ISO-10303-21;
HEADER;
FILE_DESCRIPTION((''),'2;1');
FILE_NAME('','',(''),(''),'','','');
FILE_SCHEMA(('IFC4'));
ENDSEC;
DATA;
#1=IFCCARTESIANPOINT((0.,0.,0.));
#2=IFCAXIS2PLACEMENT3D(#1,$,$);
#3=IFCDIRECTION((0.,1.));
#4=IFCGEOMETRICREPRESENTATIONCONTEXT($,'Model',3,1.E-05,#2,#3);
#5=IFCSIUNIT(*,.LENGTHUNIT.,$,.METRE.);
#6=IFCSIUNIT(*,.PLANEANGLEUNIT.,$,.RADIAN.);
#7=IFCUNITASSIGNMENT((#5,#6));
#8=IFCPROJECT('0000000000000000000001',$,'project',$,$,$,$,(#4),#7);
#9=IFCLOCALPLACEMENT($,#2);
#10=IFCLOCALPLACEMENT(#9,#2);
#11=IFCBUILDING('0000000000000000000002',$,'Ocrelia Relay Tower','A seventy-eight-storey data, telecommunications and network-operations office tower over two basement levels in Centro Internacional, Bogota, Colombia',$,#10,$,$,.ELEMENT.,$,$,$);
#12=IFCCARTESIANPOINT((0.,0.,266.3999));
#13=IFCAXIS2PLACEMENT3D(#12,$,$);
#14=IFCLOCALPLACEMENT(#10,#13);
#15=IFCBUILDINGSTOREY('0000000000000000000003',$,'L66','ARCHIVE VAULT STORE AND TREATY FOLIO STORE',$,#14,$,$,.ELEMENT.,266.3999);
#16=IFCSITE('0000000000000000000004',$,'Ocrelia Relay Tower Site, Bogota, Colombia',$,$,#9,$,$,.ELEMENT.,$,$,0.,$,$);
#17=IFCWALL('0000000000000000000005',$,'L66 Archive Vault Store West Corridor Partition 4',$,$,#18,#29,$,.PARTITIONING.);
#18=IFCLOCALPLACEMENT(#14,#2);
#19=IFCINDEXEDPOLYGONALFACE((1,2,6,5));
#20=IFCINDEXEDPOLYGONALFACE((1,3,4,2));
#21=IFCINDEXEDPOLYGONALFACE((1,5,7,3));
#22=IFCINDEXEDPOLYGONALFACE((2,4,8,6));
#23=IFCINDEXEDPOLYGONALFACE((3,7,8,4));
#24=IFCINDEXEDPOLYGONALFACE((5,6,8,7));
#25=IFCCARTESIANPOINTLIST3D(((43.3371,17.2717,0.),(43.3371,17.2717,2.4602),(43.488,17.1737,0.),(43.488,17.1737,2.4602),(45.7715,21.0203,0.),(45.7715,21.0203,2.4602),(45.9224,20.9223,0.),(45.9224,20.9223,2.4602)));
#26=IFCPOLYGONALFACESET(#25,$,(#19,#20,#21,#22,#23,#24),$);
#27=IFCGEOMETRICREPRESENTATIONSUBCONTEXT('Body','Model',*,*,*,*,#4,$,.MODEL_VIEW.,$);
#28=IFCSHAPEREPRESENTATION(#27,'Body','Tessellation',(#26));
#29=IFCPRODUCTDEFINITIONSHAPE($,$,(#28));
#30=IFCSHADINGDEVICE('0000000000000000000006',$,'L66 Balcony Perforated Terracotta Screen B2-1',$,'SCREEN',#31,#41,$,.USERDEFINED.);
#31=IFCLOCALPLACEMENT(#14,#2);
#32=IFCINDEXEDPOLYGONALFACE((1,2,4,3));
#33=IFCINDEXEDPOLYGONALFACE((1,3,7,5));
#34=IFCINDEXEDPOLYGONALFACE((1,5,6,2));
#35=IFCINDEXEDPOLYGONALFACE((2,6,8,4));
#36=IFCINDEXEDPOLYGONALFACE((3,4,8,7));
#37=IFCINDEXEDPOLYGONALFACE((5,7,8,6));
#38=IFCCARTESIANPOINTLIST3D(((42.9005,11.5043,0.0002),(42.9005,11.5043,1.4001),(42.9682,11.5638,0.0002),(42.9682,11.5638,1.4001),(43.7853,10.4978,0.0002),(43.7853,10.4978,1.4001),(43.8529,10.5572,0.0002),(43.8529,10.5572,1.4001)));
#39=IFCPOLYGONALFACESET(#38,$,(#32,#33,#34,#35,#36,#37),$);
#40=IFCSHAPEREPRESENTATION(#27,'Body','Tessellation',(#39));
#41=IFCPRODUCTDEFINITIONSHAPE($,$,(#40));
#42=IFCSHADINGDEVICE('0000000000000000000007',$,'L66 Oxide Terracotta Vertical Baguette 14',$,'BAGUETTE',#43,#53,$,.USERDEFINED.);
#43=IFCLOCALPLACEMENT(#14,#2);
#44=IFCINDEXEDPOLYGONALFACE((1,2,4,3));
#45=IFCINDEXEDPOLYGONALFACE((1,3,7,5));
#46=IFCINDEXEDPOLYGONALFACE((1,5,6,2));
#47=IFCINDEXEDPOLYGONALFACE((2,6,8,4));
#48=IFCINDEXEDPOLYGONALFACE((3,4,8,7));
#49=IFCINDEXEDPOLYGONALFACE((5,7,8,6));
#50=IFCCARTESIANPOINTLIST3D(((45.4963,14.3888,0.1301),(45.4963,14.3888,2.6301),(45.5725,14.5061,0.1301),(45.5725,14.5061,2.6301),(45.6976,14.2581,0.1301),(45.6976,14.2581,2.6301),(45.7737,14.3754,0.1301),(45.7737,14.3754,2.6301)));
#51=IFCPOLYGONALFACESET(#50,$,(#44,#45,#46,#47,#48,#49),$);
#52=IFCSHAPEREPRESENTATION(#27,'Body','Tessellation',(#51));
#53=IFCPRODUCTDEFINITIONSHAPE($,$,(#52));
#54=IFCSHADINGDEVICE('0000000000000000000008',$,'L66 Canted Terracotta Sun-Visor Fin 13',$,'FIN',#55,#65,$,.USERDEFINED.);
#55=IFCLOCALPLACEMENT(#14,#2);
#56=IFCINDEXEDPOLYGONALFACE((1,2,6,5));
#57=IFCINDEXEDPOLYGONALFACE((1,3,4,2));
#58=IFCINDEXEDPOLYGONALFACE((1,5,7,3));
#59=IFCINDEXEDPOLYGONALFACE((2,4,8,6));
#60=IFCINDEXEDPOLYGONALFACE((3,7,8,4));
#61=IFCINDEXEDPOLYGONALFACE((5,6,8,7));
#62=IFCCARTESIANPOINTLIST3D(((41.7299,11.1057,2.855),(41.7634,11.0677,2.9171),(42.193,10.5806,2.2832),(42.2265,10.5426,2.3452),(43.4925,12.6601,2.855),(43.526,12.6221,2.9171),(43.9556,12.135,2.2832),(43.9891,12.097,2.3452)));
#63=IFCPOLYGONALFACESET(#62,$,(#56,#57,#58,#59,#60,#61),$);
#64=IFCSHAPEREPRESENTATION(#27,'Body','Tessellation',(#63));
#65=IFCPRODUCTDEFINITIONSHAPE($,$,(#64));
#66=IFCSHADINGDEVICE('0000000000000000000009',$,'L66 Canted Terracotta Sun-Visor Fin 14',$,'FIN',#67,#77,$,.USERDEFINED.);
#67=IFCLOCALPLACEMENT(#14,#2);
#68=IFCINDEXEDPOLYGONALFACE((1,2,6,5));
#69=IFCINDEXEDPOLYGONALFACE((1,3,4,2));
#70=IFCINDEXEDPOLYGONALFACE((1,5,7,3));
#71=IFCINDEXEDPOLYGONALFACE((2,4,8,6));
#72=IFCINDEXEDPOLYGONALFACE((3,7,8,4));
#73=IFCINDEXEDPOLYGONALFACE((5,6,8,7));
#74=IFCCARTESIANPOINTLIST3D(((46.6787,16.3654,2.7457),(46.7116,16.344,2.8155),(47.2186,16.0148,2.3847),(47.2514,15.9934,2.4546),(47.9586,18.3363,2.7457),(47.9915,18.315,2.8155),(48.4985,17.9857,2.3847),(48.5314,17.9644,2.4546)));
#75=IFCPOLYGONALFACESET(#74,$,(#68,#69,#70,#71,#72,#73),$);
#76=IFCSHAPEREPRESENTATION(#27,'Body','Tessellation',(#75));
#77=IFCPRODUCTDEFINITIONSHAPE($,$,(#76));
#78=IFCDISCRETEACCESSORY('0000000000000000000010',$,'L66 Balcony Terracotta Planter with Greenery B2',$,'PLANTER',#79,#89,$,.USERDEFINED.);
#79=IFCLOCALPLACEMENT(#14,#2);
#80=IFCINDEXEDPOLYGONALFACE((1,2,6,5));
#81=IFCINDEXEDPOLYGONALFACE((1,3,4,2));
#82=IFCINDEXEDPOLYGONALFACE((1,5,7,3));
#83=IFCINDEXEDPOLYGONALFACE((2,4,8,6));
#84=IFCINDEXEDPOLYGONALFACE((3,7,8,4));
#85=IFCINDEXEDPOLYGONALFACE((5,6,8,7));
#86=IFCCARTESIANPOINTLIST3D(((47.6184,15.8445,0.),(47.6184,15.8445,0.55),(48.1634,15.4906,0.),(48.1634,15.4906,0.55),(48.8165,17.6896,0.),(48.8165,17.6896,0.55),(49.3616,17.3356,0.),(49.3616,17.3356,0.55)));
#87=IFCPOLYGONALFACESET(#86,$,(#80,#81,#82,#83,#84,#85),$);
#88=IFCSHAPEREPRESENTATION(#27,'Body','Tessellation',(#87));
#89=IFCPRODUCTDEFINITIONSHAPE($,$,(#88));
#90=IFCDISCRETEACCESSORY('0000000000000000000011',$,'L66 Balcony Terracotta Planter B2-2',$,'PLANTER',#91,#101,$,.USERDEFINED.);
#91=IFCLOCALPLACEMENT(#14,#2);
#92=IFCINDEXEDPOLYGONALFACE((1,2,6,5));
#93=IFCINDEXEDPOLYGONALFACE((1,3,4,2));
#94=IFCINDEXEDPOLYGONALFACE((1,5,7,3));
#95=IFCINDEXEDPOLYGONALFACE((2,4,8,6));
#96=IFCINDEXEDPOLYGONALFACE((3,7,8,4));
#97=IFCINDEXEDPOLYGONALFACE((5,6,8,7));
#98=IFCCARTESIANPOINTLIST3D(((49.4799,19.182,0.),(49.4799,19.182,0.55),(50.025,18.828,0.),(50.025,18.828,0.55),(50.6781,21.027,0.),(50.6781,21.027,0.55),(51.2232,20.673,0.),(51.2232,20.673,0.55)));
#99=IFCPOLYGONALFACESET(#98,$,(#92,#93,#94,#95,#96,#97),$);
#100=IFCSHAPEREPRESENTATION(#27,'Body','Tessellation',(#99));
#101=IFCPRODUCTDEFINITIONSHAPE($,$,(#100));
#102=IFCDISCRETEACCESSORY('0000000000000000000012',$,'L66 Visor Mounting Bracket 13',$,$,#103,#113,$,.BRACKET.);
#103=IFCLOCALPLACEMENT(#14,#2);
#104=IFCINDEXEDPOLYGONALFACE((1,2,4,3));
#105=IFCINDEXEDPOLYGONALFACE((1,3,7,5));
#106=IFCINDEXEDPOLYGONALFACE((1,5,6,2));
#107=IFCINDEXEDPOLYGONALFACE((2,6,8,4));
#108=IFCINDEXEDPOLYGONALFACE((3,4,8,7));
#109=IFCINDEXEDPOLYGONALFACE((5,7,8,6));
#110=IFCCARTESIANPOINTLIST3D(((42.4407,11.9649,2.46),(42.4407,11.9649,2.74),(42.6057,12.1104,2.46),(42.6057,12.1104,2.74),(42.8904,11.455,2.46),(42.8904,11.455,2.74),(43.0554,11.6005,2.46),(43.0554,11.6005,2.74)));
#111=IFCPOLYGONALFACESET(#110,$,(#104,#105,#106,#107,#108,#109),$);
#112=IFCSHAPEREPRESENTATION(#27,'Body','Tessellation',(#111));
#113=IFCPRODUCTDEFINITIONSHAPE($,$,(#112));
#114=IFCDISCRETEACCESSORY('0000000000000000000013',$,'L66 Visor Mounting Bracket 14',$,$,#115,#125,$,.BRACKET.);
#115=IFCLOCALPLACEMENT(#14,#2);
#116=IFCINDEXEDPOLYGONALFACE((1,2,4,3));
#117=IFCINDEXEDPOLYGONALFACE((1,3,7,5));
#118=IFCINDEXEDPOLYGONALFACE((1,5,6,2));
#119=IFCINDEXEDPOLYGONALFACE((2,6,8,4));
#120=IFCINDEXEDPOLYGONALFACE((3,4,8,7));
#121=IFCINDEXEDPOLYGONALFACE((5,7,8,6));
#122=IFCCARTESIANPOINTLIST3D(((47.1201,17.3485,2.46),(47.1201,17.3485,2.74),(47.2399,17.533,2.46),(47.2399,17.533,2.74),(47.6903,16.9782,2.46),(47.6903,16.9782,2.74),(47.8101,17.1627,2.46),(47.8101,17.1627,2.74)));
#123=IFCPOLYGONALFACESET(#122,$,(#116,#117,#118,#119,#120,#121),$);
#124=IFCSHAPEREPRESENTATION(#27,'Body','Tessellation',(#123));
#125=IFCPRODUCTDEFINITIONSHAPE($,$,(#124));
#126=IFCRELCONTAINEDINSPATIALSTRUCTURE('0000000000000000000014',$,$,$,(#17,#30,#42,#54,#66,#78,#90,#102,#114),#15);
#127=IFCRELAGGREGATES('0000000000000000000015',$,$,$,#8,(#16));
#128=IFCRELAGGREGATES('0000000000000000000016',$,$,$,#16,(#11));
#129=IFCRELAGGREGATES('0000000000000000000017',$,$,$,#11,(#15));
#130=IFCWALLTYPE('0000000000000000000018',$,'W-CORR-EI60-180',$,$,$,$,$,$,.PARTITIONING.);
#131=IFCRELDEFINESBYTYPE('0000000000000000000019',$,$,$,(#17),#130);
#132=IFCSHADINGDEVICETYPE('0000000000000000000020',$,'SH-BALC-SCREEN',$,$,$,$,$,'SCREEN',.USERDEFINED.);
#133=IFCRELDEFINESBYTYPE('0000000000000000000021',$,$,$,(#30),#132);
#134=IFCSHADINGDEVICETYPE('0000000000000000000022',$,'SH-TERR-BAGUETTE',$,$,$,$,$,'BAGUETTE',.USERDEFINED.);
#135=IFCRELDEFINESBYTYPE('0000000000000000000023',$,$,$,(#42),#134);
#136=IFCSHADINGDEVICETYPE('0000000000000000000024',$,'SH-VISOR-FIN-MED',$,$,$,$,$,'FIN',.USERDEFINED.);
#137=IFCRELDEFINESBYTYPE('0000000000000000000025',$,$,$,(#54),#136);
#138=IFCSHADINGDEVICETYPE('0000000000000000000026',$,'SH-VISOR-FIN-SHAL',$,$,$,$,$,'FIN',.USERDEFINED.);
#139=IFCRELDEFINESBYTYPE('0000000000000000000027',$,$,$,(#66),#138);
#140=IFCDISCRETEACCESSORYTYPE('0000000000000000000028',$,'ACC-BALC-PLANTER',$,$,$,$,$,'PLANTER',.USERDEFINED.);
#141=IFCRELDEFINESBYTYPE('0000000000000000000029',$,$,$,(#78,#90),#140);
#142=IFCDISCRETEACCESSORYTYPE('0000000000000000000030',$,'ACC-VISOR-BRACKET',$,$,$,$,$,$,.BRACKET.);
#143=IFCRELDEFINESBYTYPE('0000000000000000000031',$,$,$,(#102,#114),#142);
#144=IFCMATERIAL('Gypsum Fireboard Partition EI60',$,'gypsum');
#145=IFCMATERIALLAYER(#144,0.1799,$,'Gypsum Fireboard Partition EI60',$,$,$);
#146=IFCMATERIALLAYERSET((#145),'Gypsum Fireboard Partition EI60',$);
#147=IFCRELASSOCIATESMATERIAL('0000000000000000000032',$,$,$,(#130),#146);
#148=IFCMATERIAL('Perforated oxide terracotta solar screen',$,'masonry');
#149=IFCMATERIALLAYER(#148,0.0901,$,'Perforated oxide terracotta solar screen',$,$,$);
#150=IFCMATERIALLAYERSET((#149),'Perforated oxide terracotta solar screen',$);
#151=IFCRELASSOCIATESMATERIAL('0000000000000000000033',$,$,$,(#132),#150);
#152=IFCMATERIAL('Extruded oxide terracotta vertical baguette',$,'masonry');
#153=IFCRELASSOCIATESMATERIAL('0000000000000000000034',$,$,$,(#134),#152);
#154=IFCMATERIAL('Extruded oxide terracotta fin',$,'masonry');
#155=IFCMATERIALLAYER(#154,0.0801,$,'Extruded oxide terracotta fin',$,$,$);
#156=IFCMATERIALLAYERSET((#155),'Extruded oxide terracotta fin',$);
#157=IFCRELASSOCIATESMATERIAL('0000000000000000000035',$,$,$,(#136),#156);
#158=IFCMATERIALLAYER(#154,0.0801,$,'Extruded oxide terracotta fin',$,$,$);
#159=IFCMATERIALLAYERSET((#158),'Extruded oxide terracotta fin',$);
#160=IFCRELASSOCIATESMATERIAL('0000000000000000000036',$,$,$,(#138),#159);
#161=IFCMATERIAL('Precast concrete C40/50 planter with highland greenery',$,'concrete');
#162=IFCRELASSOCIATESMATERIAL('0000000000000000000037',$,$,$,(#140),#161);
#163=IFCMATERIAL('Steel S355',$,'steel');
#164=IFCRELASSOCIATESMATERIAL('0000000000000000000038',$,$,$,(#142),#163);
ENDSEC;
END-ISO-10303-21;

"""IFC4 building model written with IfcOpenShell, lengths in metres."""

from ifc_helpers import new_model, si_unit, direction, frame, frame_2d, origin, origin_2d, place, context, subcontext, project, spatial, rectangle, extrude, material, layer, layer_set, type_object, element, save


model = new_model("IFC4")

# Units and contexts
model_context = context("Model", 3, precision=1e-05, world=origin(), true_north=direction((0.0, 1.0)))
body_context = subcontext(model_context, "Body", "Model", "MODEL_VIEW")
ifc_project = project(units=[si_unit("LENGTHUNIT", "METRE"), si_unit("PLANEANGLEUNIT", "RADIAN")], contexts=[model_context])

# Site, building, storey
site_placement = place(None, origin())
site = spatial("IfcSite", under=ifc_project, at=site_placement, Name="Ocrelia Relay Tower Site, Bogota, Colombia", CompositionType="ELEMENT", RefElevation=0.0)
building_placement = place(site_placement, origin())
building = spatial("IfcBuilding", under=site, at=building_placement, Name="Ocrelia Relay Tower", Description="A seventy-eight-storey data, telecommunications and network-operations office tower over two basement levels in Centro Internacional, Bogota, Colombia", CompositionType="ELEMENT")
storey_placement = place(building_placement, frame((0.0, 0.0, 266.3999)))
storey = spatial("IfcBuildingStorey", under=building, at=storey_placement, Name="L66", Description="ARCHIVE VAULT STORE AND TREATY FOLIO STORE", CompositionType="ELEMENT", Elevation=266.3999)

# Shared definitions
ifc_material_1 = material(Name="Steel S355", Category="steel")

# Wall
ifc_material_2 = material(Name="Gypsum Fireboard Partition EI60", Category="gypsum")
ifc_layer_1 = layer(ifc_material_2, 0.1799, Name="Gypsum Fireboard Partition EI60")
ifc_layer_set_1 = layer_set([ifc_layer_1], Name="Gypsum Fireboard Partition EI60")
wall_type_1 = type_object("IfcWallType", Name="W-CORR-EI60-180", PredefinedType="PARTITIONING", material=ifc_layer_set_1)
wall_1_placement = place(storey_placement, frame((43.4126, 17.2227, 0.0), z_axis=(0.0, 0.0, 1.0), x_axis=(0.544639, 0.838671, 0.0)))
element("IfcWall", 1, at=wall_1_placement, inside=storey, type_object=wall_type_1, Name="L66 Archive Vault Store West Corridor Partition 4", PredefinedType="PARTITIONING", context=body_context, shape_type="SweptSolid", body=[
    extrude(rectangle(XDim=4.4697, YDim=0.1799, at=frame_2d((2.2349, 0.0))), origin(), (0.0, 0.0, 1.0), 2.4602),
])

# Shading devices
ifc_material_3 = material(Name="Perforated oxide terracotta solar screen", Category="masonry")
ifc_layer_2 = layer(ifc_material_3, 0.0901, Name="Perforated oxide terracotta solar screen")
ifc_layer_set_2 = layer_set([ifc_layer_2], Name="Perforated oxide terracotta solar screen")
shading_device_type_1 = type_object("IfcShadingDeviceType", Name="SH-BALC-SCREEN", ElementType="SCREEN", PredefinedType="USERDEFINED", material=ifc_layer_set_2)
shading_device_1_placement = place(storey_placement, frame((43.3767, 11.0308, 0.0002), z_axis=(0.0, 0.0, 1.0), x_axis=(0.66022, -0.751072, 0.0)))
element("IfcShadingDevice", 2, at=shading_device_1_placement, inside=storey, type_object=shading_device_type_1, Name="L66 Balcony Perforated Terracotta Screen B2-1", ObjectType="SCREEN", PredefinedType="USERDEFINED", context=body_context, shape_type="SweptSolid", body=[
    extrude(rectangle(XDim=1.3401, YDim=0.0901, at=origin_2d()), origin(), (0.0, 0.0, 1.0), 1.3999),
])
ifc_material_4 = material(Name="Extruded oxide terracotta vertical baguette", Category="masonry")
shading_device_type_2 = type_object("IfcShadingDeviceType", Name="SH-TERR-BAGUETTE", ElementType="BAGUETTE", PredefinedType="USERDEFINED", material=ifc_material_4)
shading_device_2_placement = place(storey_placement, frame((45.635, 14.3821, 0.1301), z_axis=(0.0, 0.0, 1.0), x_axis=(0.544633, 0.838675, 0.0)))
element("IfcShadingDevice", 3, at=shading_device_2_placement, inside=storey, type_object=shading_device_type_2, Name="L66 Oxide Terracotta Vertical Baguette 14", ObjectType="BAGUETTE", PredefinedType="USERDEFINED", context=body_context, shape_type="SweptSolid", body=[
    extrude(rectangle(XDim=0.1399, YDim=0.24, at=origin_2d()), origin(), (0.0, 0.0, 1.0), 2.5),
])
ifc_material_5 = material(Name="Extruded oxide terracotta fin", Category="masonry")
ifc_layer_3 = layer(ifc_material_5, 0.0801, Name="Extruded oxide terracotta fin")
ifc_layer_set_3 = layer_set([ifc_layer_3], Name="Extruded oxide terracotta fin")
shading_device_type_3 = type_object("IfcShadingDeviceType", Name="SH-VISOR-FIN-MED", ElementType="FIN", PredefinedType="USERDEFINED", material=ifc_layer_set_3)
shading_device_3_placement = place(storey_placement, frame((42.8428, 11.6204, 2.5691), z_axis=(0.418393, -0.474439, 0.774503), x_axis=(0.750017, 0.661418, 0.0)))
element("IfcShadingDevice", 4, at=shading_device_3_placement, inside=storey, type_object=shading_device_type_3, Name="L66 Canted Terracotta Sun-Visor Fin 13", ObjectType="FIN", PredefinedType="USERDEFINED", context=body_context, shape_type="SweptSolid", body=[
    extrude(rectangle(XDim=2.3501, YDim=0.9041, at=origin_2d()), origin(), (0.0, 0.0, 1.0), 0.0801),
])
ifc_layer_4 = layer(ifc_material_5, 0.0801, Name="Extruded oxide terracotta fin")
ifc_layer_set_4 = layer_set([ifc_layer_4], Name="Extruded oxide terracotta fin")
shading_device_type_4 = type_object("IfcShadingDeviceType", Name="SH-VISOR-FIN-SHAL", ElementType="FIN", PredefinedType="USERDEFINED", material=ifc_layer_set_4)
shading_device_4_placement = place(storey_placement, frame((47.5886, 17.1755, 2.5652), z_axis=(0.410177, -0.266368, 0.87224), x_axis=(0.544633, 0.838675, 0.0)))
element("IfcShadingDevice", 5, at=shading_device_4_placement, inside=storey, type_object=shading_device_type_4, Name="L66 Canted Terracotta Sun-Visor Fin 14", ObjectType="FIN", PredefinedType="USERDEFINED", context=body_context, shape_type="SweptSolid", body=[
    extrude(rectangle(XDim=2.3501, YDim=0.738, at=origin_2d()), origin(), (0.0, 0.0, 1.0), 0.0801),
])

# Discrete accessories
ifc_material_6 = material(Name="Precast concrete C40/50 planter with highland greenery", Category="concrete")
discrete_accessory_type_1 = type_object("IfcDiscreteAccessoryType", Name="ACC-BALC-PLANTER", ElementType="PLANTER", PredefinedType="USERDEFINED", material=ifc_material_6)
for number, where, z_axis, x_axis, name in (
    (6, (48.49, 16.5901, 0.0), (0.0, 0.0, 1.0), (-0.544635, -0.838673, 0.0), "L66 Balcony Terracotta Planter with Greenery B2"),
    (7, (50.3516, 19.9275, 0.0), (0.0, 0.0, 1.0), (-0.544635, -0.838673, 0.0), "L66 Balcony Terracotta Planter B2-2"),
):
    element("IfcDiscreteAccessory", number, at=place(storey_placement, frame(where, z_axis=z_axis, x_axis=x_axis)), inside=storey, type_object=discrete_accessory_type_1, Name=name, ObjectType="PLANTER", PredefinedType="USERDEFINED", context=body_context, shape_type="SweptSolid", body=[
        extrude(rectangle(XDim=2.2, YDim=0.6499, at=origin_2d()), origin(), (0.0, 0.0, 1.0), 0.55),
    ])
discrete_accessory_type_2 = type_object("IfcDiscreteAccessoryType", Name="ACC-VISOR-BRACKET", PredefinedType="BRACKET", material=ifc_material_1)
for number, where, z_axis, x_axis, name in (
    (8, (42.748, 11.7827, 2.46), (0.0, 0.0, 1.0), (0.750017, 0.661418, 0.0), "L66 Visor Mounting Bracket 13"),
    (9, (47.4651, 17.2556, 2.46), (0.0, 0.0, 1.0), (0.544633, 0.838675, 0.0), "L66 Visor Mounting Bracket 14"),
):
    element("IfcDiscreteAccessory", number, at=place(storey_placement, frame(where, z_axis=z_axis, x_axis=x_axis)), inside=storey, type_object=discrete_accessory_type_2, Name=name, PredefinedType="BRACKET", context=body_context, shape_type="SweptSolid", body=[
        extrude(rectangle(XDim=0.22, YDim=0.6799, at=origin_2d()), origin(), (0.0, 0.0, 1.0), 0.28),
    ])

save(model, "model.ifc")
